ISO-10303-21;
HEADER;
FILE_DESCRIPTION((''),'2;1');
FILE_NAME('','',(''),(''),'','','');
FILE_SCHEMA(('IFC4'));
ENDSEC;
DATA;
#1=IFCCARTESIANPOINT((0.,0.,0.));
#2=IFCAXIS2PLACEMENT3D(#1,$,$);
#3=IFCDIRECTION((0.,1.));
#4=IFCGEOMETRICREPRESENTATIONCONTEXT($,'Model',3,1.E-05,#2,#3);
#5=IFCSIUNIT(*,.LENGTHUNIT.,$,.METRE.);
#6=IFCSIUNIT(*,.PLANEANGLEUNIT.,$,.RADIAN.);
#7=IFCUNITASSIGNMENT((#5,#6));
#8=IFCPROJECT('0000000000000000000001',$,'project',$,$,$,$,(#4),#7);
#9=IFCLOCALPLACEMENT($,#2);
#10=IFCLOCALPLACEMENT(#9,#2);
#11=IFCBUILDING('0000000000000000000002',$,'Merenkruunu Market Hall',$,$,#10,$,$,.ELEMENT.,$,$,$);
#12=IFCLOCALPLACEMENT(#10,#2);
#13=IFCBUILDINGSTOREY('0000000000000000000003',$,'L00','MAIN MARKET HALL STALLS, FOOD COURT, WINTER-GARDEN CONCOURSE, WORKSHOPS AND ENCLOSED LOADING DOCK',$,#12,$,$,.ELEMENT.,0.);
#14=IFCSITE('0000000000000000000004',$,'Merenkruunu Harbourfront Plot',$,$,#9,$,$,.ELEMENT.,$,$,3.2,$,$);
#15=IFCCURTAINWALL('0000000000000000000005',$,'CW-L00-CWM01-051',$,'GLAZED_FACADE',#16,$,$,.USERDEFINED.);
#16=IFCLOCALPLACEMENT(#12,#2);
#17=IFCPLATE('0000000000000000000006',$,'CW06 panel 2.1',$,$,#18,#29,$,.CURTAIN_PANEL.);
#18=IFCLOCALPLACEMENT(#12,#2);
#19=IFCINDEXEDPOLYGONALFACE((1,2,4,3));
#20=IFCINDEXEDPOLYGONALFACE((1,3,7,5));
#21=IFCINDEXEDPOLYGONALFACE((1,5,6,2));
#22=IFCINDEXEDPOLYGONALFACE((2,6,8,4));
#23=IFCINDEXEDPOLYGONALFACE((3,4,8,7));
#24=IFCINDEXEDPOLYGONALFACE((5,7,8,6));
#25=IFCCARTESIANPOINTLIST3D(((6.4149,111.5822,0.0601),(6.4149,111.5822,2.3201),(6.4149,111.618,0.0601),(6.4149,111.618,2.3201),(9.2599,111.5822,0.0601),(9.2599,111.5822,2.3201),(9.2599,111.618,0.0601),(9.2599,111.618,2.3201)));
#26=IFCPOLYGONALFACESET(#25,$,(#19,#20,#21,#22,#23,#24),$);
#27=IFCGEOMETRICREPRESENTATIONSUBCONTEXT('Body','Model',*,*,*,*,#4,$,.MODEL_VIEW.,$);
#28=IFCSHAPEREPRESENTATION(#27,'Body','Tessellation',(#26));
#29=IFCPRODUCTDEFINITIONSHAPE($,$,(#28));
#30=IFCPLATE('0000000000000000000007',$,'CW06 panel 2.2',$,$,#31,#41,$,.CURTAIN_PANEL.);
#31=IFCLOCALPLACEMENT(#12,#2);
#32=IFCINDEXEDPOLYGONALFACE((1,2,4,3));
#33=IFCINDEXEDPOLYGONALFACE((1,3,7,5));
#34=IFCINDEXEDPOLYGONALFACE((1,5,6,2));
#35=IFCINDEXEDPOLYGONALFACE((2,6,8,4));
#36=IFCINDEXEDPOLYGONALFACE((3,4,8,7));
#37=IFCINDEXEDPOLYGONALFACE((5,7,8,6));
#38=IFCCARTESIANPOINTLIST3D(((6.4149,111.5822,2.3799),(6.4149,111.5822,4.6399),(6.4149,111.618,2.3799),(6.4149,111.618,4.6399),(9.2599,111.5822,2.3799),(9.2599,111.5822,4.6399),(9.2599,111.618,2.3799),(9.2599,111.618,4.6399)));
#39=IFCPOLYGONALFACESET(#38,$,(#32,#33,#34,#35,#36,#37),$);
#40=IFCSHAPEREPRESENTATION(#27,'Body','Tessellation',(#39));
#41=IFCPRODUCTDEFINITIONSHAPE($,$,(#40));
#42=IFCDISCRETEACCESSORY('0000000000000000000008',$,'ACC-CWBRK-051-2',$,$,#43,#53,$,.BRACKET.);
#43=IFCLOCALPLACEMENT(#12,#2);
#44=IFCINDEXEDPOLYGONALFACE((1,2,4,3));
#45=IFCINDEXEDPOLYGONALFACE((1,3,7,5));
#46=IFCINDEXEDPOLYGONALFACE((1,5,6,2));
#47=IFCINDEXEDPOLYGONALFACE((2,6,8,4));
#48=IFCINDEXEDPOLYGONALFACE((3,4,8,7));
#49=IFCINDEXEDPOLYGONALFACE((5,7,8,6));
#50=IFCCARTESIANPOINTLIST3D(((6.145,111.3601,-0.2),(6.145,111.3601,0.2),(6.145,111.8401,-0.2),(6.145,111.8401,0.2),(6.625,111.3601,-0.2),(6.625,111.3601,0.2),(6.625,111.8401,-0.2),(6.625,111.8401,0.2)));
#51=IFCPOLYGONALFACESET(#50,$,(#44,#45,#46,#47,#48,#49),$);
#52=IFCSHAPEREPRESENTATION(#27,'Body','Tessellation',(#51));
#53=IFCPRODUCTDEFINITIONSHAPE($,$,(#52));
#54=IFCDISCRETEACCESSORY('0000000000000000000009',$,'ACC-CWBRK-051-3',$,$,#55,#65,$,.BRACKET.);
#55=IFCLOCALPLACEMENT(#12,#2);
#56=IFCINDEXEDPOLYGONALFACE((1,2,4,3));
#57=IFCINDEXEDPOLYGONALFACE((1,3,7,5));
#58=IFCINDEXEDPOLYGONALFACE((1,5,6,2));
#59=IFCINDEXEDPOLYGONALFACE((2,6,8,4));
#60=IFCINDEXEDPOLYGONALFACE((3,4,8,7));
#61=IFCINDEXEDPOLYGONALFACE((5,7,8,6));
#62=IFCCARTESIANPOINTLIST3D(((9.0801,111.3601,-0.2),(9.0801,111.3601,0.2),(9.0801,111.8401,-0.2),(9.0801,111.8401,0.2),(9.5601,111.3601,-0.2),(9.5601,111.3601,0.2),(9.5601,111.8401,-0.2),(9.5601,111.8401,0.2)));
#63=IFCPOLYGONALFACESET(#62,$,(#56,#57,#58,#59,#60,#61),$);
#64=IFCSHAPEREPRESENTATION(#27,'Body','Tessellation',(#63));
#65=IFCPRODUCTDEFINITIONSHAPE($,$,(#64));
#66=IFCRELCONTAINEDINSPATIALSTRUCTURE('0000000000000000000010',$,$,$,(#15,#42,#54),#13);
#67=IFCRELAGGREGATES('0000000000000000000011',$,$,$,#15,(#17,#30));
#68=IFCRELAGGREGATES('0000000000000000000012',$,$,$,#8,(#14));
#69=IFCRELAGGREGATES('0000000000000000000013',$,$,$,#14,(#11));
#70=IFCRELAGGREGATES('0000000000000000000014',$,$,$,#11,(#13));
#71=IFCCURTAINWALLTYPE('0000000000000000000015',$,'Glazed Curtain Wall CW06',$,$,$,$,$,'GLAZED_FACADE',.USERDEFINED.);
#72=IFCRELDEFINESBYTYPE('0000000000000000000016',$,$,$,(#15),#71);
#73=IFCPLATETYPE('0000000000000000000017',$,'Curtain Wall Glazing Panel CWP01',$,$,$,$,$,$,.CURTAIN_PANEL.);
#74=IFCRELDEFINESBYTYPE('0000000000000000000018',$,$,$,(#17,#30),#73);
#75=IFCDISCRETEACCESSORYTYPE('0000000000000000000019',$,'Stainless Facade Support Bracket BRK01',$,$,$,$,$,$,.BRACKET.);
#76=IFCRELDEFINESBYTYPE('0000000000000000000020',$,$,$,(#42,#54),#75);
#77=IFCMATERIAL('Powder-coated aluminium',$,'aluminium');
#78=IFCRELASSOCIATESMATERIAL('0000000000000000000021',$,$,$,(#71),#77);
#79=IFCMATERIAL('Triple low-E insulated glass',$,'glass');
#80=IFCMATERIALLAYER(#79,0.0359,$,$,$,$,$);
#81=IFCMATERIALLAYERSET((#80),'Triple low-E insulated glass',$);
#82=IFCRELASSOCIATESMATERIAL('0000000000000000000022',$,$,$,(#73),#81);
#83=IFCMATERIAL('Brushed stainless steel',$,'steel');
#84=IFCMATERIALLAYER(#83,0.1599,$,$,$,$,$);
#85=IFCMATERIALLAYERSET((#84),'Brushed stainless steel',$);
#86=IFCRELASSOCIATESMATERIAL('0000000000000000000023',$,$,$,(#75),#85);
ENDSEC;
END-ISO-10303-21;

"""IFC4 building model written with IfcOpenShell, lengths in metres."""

from ifc_helpers import new_model, si_unit, direction, frame, origin, origin_2d, place, context, subcontext, project, spatial, rectangle, extrude, material, layer, layer_set, type_object, element, aggregate, save


model = new_model("IFC4")

# Units and contexts
model_context = context("Model", 3, precision=1e-05, world=origin(), true_north=direction((0.0, 1.0)))
body_context = subcontext(model_context, "Body", "Model", "MODEL_VIEW")
ifc_project = project(units=[si_unit("LENGTHUNIT", "METRE"), si_unit("PLANEANGLEUNIT", "RADIAN")], contexts=[model_context])

# Site, building, storey
site_placement = place(None, origin())
site = spatial("IfcSite", under=ifc_project, at=site_placement, Name="Merenkruunu Harbourfront Plot", CompositionType="ELEMENT", RefElevation=3.2)
building_placement = place(site_placement, origin())
building = spatial("IfcBuilding", under=site, at=building_placement, Name="Merenkruunu Market Hall", CompositionType="ELEMENT")
storey_placement = place(building_placement, origin())
storey = spatial("IfcBuildingStorey", under=building, at=storey_placement, Name="L00", Description="MAIN MARKET HALL STALLS, FOOD COURT, WINTER-GARDEN CONCOURSE, WORKSHOPS AND ENCLOSED LOADING DOCK", CompositionType="ELEMENT", Elevation=0.0)

# Curtain wall
ifc_material_1 = material(Name="Powder-coated aluminium", Category="aluminium")
curtain_wall_type = type_object("IfcCurtainWallType", Name="Glazed Curtain Wall CW06", ElementType="GLAZED_FACADE", PredefinedType="USERDEFINED", material=ifc_material_1)
curtain_wall_placement = place(storey_placement, origin())
curtain_wall = element("IfcCurtainWall", 1, at=curtain_wall_placement, inside=storey, type_object=curtain_wall_type, Name="CW-L00-CWM01-051", ObjectType="GLAZED_FACADE", PredefinedType="USERDEFINED")

# Plates
ifc_material_2 = material(Name="Triple low-E insulated glass", Category="glass")
ifc_layer_1 = layer(ifc_material_2, 0.0359)
ifc_layer_set_1 = layer_set([ifc_layer_1], Name="Triple low-E insulated glass")
plate_type_1 = type_object("IfcPlateType", Name="Curtain Wall Glazing Panel CWP01", PredefinedType="CURTAIN_PANEL", material=ifc_layer_set_1)
plate_1_placement = place(storey_placement, frame((7.8374, 111.6001, 0.0601), z_axis=(0.0, 0.0, 1.0), x_axis=(1.0, 0.0, 0.0)))
plate_1 = element("IfcPlate", 2, at=plate_1_placement, type_object=plate_type_1, Name="CW06 panel 2.1", PredefinedType="CURTAIN_PANEL", context=body_context, shape_type="SweptSolid", body=[
    extrude(rectangle(XDim=2.845, YDim=0.0359, at=origin_2d()), origin(), (0.0, 0.0, 1.0), 2.26),
])
plate_2_placement = place(storey_placement, frame((7.8374, 111.6001, 2.3799), z_axis=(0.0, 0.0, 1.0), x_axis=(1.0, 0.0, 0.0)))
plate_2 = element("IfcPlate", 3, at=plate_2_placement, type_object=plate_type_1, Name="CW06 panel 2.2", PredefinedType="CURTAIN_PANEL", context=body_context, shape_type="SweptSolid", body=[
    extrude(rectangle(XDim=2.845, YDim=0.0359, at=origin_2d()), origin(), (0.0, 0.0, 1.0), 2.26),
])
aggregate(curtain_wall, [plate_1, plate_2])

# Discrete accessories
ifc_material_3 = material(Name="Brushed stainless steel", Category="steel")
ifc_layer_2 = layer(ifc_material_3, 0.1599)
ifc_layer_set_2 = layer_set([ifc_layer_2], Name="Brushed stainless steel")
discrete_accessory_type = type_object("IfcDiscreteAccessoryType", Name="Stainless Facade Support Bracket BRK01", PredefinedType="BRACKET", material=ifc_layer_set_2)
for number, where, z_axis, x_axis, name in (
    (4, (6.385, 111.6001, -0.2), (0.0, 0.0, 1.0), (1.0, 0.0, 0.0), "ACC-CWBRK-051-2"),
    (5, (9.3201, 111.6001, -0.2), (0.0, 0.0, 1.0), (1.0, 0.0, 0.0), "ACC-CWBRK-051-3"),
):
    element("IfcDiscreteAccessory", number, at=place(storey_placement, frame(where, z_axis=z_axis, x_axis=x_axis)), inside=storey, type_object=discrete_accessory_type, Name=name, PredefinedType="BRACKET", context=body_context, shape_type="SweptSolid", body=[
        extrude(rectangle(XDim=0.48, YDim=0.48, at=origin_2d()), origin(), (0.0, 0.0, 1.0), 0.3999),
    ])

save(model, "model.ifc")
